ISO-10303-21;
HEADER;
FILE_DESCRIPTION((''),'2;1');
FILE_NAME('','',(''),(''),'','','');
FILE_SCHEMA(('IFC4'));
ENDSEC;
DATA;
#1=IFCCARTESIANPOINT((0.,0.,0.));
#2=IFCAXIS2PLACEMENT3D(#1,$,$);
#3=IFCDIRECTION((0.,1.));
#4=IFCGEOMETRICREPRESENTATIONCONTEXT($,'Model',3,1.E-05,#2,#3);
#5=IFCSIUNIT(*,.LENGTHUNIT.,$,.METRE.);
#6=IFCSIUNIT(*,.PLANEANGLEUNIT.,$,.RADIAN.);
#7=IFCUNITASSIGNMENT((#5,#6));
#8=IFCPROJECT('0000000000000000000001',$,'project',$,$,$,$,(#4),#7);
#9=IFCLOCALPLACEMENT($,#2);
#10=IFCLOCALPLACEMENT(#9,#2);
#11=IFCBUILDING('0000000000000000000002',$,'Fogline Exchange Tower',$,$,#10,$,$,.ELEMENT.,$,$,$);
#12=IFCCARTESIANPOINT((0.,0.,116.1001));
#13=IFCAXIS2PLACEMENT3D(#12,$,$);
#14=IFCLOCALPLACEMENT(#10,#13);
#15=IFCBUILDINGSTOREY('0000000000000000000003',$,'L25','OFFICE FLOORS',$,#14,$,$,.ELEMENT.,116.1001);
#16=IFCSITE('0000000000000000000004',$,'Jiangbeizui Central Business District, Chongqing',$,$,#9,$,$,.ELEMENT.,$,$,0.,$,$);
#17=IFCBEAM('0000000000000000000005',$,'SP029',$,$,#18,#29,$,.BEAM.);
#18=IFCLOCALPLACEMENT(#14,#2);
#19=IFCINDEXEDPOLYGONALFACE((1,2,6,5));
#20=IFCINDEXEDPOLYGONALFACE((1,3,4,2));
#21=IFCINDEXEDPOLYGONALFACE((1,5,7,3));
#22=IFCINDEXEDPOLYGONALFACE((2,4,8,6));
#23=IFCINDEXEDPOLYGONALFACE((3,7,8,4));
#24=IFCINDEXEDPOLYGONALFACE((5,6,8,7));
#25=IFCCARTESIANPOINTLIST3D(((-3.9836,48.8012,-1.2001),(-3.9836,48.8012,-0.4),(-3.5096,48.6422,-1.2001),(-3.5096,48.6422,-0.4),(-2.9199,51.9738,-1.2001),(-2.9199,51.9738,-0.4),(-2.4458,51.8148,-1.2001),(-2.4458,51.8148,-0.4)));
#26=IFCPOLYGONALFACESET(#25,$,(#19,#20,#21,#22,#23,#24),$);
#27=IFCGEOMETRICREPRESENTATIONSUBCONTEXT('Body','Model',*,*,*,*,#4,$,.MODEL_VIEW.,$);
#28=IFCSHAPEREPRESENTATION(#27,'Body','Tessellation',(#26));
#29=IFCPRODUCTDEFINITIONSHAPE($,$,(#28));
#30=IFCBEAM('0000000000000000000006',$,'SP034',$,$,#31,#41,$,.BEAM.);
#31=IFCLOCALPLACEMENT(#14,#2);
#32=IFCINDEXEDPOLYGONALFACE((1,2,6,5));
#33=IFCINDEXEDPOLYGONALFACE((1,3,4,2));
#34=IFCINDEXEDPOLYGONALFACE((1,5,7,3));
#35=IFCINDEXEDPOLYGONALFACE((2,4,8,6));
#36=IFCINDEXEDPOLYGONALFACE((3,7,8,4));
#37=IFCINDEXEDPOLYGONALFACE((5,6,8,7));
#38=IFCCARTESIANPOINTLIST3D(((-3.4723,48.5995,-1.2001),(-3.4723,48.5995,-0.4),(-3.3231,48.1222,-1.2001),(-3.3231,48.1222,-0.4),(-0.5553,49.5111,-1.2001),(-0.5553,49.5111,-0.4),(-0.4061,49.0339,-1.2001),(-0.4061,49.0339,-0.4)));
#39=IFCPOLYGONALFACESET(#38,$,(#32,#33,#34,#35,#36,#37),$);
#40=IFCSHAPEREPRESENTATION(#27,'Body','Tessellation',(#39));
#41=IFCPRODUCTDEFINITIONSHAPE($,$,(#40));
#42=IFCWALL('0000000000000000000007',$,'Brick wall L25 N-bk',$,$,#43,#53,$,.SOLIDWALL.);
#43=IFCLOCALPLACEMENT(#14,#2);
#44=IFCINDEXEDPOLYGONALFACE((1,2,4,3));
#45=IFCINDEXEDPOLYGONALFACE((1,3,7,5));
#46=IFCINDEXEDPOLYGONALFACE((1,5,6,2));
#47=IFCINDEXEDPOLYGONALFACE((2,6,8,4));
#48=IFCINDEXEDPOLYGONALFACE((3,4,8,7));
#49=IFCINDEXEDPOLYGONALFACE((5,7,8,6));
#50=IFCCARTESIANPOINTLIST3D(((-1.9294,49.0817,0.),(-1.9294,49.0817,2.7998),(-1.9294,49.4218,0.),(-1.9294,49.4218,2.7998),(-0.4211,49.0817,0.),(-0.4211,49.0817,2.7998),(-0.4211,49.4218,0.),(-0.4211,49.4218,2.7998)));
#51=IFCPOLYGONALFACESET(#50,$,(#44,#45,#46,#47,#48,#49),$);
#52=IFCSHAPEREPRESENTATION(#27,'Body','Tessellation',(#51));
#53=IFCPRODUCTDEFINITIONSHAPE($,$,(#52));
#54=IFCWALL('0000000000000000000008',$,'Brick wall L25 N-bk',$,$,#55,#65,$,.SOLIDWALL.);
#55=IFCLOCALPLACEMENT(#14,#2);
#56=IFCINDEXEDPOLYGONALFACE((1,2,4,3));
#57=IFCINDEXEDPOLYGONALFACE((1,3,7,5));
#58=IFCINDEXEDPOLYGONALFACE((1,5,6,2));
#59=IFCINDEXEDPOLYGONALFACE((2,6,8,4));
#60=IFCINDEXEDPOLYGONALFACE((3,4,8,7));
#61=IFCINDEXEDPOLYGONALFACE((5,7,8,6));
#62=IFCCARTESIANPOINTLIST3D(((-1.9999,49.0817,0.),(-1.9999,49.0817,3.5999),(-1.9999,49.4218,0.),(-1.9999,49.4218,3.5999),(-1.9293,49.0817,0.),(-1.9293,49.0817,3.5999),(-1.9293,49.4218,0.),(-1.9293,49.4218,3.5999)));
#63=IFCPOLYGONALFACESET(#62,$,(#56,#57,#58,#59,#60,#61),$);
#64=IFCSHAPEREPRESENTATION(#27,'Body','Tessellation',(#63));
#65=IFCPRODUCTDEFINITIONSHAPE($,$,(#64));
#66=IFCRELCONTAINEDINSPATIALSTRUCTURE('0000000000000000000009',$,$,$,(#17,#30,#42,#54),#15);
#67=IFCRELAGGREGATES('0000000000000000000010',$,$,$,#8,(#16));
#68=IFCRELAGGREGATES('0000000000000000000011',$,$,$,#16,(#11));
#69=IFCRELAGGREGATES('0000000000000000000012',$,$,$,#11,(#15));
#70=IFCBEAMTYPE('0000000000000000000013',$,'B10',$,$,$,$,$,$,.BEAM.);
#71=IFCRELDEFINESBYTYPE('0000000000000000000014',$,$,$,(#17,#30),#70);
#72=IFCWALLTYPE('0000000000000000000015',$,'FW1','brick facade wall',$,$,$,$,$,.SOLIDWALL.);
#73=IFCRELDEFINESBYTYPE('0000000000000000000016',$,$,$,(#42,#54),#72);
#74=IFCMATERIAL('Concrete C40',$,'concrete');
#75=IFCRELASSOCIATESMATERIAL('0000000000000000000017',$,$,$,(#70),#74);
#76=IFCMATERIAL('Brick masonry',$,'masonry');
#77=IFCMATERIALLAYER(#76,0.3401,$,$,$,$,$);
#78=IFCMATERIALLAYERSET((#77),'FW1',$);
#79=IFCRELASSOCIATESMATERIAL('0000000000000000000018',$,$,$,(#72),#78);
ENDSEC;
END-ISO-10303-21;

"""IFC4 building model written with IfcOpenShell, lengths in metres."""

from ifc_helpers import new_model, si_unit, direction, frame, frame_2d, origin, origin_2d, place, context, subcontext, project, spatial, rectangle, extrude, material, layer, layer_set, material_profile, profile_set, type_object, element, save


model = new_model("IFC4")

# Units and contexts
model_context = context("Model", 3, precision=1e-05, world=origin(), true_north=direction((0.0, 1.0)))
body_context = subcontext(model_context, "Body", "Model", "MODEL_VIEW")
ifc_project = project(units=[si_unit("LENGTHUNIT", "METRE"), si_unit("PLANEANGLEUNIT", "RADIAN")], contexts=[model_context])

# Site, building, storey
site_placement = place(None, origin())
site = spatial("IfcSite", under=ifc_project, at=site_placement, Name="Jiangbeizui Central Business District, Chongqing", CompositionType="ELEMENT", RefElevation=0.0)
building_placement = place(site_placement, origin())
building = spatial("IfcBuilding", under=site, at=building_placement, Name="Fogline Exchange Tower", CompositionType="ELEMENT")
storey_placement = place(building_placement, frame((0.0, 0.0, 116.1001)))
storey = spatial("IfcBuildingStorey", under=building, at=storey_placement, Name="L25", Description="OFFICE FLOORS", CompositionType="ELEMENT", Elevation=116.1001)

# Beams
ifc_material_1 = material(Name="Concrete C40", Category="concrete")
ifc_material_profile = material_profile(ifc_material_1, rectangle(XDim=0.5, YDim=0.8, at=origin_2d()), Name="RC 500x800")
ifc_profile_set = profile_set([ifc_material_profile], Name="Concrete C40")
beam_type = type_object("IfcBeamType", Name="B10", PredefinedType="BEAM", material=ifc_profile_set)
beam_1_placement = place(storey_placement, frame((-3.7466, 48.7217, -0.8), z_axis=(0.317891, 0.948127, 0.0), x_axis=(-0.948127, 0.317891, 0.0)))
element("IfcBeam", 1, at=beam_1_placement, inside=storey, type_object=beam_type, Name="SP029", PredefinedType="BEAM", context=body_context, shape_type="SweptSolid", body=[
    extrude(rectangle(XDim=0.5, YDim=0.8, at=origin_2d()), origin(), (0.0, 0.0, 1.0), 3.3462),
])
beam_2_placement = place(storey_placement, frame((-3.3977, 48.3608, -0.8), z_axis=(0.954474, 0.298293, 0.0), x_axis=(-0.298293, 0.954474, 0.0)))
element("IfcBeam", 2, at=beam_2_placement, inside=storey, type_object=beam_type, Name="SP034", PredefinedType="BEAM", context=body_context, shape_type="SweptSolid", body=[
    extrude(rectangle(XDim=0.5, YDim=0.8, at=origin_2d()), origin(), (0.0, 0.0, 1.0), 3.0562),
])

# Walls
ifc_material_2 = material(Name="Brick masonry", Category="masonry")
ifc_layer = layer(ifc_material_2, 0.3401)
ifc_layer_set = layer_set([ifc_layer], Name="FW1")
wall_type = type_object("IfcWallType", Name="FW1", Description="brick facade wall", PredefinedType="SOLIDWALL", material=ifc_layer_set)
wall_1_placement = place(storey_placement, frame((-0.4211, 49.2517, 0.0), z_axis=(0.0, 0.0, 1.0), x_axis=(-1.0, 0.0, 0.0)))
element("IfcWall", 3, at=wall_1_placement, inside=storey, type_object=wall_type, Name="Brick wall L25 N-bk", PredefinedType="SOLIDWALL", context=body_context, shape_type="SweptSolid", body=[
    extrude(rectangle(XDim=1.5083, YDim=0.3401, at=frame_2d((0.7542, 0.0))), origin(), (0.0, 0.0, 1.0), 2.7998),
])
wall_2_placement = place(storey_placement, frame((-1.9294, 49.2517, 0.0), z_axis=(0.0, 0.0, 1.0), x_axis=(-1.0, 0.0, 0.0)))
element("IfcWall", 4, at=wall_2_placement, inside=storey, type_object=wall_type, Name="Brick wall L25 N-bk", PredefinedType="SOLIDWALL", context=body_context, shape_type="SweptSolid", body=[
    extrude(rectangle(XDim=0.0706, YDim=0.3401, at=frame_2d((0.0352, 0.0))), origin(), (0.0, 0.0, 1.0), 3.5999),
])

save(model, "model.ifc")
